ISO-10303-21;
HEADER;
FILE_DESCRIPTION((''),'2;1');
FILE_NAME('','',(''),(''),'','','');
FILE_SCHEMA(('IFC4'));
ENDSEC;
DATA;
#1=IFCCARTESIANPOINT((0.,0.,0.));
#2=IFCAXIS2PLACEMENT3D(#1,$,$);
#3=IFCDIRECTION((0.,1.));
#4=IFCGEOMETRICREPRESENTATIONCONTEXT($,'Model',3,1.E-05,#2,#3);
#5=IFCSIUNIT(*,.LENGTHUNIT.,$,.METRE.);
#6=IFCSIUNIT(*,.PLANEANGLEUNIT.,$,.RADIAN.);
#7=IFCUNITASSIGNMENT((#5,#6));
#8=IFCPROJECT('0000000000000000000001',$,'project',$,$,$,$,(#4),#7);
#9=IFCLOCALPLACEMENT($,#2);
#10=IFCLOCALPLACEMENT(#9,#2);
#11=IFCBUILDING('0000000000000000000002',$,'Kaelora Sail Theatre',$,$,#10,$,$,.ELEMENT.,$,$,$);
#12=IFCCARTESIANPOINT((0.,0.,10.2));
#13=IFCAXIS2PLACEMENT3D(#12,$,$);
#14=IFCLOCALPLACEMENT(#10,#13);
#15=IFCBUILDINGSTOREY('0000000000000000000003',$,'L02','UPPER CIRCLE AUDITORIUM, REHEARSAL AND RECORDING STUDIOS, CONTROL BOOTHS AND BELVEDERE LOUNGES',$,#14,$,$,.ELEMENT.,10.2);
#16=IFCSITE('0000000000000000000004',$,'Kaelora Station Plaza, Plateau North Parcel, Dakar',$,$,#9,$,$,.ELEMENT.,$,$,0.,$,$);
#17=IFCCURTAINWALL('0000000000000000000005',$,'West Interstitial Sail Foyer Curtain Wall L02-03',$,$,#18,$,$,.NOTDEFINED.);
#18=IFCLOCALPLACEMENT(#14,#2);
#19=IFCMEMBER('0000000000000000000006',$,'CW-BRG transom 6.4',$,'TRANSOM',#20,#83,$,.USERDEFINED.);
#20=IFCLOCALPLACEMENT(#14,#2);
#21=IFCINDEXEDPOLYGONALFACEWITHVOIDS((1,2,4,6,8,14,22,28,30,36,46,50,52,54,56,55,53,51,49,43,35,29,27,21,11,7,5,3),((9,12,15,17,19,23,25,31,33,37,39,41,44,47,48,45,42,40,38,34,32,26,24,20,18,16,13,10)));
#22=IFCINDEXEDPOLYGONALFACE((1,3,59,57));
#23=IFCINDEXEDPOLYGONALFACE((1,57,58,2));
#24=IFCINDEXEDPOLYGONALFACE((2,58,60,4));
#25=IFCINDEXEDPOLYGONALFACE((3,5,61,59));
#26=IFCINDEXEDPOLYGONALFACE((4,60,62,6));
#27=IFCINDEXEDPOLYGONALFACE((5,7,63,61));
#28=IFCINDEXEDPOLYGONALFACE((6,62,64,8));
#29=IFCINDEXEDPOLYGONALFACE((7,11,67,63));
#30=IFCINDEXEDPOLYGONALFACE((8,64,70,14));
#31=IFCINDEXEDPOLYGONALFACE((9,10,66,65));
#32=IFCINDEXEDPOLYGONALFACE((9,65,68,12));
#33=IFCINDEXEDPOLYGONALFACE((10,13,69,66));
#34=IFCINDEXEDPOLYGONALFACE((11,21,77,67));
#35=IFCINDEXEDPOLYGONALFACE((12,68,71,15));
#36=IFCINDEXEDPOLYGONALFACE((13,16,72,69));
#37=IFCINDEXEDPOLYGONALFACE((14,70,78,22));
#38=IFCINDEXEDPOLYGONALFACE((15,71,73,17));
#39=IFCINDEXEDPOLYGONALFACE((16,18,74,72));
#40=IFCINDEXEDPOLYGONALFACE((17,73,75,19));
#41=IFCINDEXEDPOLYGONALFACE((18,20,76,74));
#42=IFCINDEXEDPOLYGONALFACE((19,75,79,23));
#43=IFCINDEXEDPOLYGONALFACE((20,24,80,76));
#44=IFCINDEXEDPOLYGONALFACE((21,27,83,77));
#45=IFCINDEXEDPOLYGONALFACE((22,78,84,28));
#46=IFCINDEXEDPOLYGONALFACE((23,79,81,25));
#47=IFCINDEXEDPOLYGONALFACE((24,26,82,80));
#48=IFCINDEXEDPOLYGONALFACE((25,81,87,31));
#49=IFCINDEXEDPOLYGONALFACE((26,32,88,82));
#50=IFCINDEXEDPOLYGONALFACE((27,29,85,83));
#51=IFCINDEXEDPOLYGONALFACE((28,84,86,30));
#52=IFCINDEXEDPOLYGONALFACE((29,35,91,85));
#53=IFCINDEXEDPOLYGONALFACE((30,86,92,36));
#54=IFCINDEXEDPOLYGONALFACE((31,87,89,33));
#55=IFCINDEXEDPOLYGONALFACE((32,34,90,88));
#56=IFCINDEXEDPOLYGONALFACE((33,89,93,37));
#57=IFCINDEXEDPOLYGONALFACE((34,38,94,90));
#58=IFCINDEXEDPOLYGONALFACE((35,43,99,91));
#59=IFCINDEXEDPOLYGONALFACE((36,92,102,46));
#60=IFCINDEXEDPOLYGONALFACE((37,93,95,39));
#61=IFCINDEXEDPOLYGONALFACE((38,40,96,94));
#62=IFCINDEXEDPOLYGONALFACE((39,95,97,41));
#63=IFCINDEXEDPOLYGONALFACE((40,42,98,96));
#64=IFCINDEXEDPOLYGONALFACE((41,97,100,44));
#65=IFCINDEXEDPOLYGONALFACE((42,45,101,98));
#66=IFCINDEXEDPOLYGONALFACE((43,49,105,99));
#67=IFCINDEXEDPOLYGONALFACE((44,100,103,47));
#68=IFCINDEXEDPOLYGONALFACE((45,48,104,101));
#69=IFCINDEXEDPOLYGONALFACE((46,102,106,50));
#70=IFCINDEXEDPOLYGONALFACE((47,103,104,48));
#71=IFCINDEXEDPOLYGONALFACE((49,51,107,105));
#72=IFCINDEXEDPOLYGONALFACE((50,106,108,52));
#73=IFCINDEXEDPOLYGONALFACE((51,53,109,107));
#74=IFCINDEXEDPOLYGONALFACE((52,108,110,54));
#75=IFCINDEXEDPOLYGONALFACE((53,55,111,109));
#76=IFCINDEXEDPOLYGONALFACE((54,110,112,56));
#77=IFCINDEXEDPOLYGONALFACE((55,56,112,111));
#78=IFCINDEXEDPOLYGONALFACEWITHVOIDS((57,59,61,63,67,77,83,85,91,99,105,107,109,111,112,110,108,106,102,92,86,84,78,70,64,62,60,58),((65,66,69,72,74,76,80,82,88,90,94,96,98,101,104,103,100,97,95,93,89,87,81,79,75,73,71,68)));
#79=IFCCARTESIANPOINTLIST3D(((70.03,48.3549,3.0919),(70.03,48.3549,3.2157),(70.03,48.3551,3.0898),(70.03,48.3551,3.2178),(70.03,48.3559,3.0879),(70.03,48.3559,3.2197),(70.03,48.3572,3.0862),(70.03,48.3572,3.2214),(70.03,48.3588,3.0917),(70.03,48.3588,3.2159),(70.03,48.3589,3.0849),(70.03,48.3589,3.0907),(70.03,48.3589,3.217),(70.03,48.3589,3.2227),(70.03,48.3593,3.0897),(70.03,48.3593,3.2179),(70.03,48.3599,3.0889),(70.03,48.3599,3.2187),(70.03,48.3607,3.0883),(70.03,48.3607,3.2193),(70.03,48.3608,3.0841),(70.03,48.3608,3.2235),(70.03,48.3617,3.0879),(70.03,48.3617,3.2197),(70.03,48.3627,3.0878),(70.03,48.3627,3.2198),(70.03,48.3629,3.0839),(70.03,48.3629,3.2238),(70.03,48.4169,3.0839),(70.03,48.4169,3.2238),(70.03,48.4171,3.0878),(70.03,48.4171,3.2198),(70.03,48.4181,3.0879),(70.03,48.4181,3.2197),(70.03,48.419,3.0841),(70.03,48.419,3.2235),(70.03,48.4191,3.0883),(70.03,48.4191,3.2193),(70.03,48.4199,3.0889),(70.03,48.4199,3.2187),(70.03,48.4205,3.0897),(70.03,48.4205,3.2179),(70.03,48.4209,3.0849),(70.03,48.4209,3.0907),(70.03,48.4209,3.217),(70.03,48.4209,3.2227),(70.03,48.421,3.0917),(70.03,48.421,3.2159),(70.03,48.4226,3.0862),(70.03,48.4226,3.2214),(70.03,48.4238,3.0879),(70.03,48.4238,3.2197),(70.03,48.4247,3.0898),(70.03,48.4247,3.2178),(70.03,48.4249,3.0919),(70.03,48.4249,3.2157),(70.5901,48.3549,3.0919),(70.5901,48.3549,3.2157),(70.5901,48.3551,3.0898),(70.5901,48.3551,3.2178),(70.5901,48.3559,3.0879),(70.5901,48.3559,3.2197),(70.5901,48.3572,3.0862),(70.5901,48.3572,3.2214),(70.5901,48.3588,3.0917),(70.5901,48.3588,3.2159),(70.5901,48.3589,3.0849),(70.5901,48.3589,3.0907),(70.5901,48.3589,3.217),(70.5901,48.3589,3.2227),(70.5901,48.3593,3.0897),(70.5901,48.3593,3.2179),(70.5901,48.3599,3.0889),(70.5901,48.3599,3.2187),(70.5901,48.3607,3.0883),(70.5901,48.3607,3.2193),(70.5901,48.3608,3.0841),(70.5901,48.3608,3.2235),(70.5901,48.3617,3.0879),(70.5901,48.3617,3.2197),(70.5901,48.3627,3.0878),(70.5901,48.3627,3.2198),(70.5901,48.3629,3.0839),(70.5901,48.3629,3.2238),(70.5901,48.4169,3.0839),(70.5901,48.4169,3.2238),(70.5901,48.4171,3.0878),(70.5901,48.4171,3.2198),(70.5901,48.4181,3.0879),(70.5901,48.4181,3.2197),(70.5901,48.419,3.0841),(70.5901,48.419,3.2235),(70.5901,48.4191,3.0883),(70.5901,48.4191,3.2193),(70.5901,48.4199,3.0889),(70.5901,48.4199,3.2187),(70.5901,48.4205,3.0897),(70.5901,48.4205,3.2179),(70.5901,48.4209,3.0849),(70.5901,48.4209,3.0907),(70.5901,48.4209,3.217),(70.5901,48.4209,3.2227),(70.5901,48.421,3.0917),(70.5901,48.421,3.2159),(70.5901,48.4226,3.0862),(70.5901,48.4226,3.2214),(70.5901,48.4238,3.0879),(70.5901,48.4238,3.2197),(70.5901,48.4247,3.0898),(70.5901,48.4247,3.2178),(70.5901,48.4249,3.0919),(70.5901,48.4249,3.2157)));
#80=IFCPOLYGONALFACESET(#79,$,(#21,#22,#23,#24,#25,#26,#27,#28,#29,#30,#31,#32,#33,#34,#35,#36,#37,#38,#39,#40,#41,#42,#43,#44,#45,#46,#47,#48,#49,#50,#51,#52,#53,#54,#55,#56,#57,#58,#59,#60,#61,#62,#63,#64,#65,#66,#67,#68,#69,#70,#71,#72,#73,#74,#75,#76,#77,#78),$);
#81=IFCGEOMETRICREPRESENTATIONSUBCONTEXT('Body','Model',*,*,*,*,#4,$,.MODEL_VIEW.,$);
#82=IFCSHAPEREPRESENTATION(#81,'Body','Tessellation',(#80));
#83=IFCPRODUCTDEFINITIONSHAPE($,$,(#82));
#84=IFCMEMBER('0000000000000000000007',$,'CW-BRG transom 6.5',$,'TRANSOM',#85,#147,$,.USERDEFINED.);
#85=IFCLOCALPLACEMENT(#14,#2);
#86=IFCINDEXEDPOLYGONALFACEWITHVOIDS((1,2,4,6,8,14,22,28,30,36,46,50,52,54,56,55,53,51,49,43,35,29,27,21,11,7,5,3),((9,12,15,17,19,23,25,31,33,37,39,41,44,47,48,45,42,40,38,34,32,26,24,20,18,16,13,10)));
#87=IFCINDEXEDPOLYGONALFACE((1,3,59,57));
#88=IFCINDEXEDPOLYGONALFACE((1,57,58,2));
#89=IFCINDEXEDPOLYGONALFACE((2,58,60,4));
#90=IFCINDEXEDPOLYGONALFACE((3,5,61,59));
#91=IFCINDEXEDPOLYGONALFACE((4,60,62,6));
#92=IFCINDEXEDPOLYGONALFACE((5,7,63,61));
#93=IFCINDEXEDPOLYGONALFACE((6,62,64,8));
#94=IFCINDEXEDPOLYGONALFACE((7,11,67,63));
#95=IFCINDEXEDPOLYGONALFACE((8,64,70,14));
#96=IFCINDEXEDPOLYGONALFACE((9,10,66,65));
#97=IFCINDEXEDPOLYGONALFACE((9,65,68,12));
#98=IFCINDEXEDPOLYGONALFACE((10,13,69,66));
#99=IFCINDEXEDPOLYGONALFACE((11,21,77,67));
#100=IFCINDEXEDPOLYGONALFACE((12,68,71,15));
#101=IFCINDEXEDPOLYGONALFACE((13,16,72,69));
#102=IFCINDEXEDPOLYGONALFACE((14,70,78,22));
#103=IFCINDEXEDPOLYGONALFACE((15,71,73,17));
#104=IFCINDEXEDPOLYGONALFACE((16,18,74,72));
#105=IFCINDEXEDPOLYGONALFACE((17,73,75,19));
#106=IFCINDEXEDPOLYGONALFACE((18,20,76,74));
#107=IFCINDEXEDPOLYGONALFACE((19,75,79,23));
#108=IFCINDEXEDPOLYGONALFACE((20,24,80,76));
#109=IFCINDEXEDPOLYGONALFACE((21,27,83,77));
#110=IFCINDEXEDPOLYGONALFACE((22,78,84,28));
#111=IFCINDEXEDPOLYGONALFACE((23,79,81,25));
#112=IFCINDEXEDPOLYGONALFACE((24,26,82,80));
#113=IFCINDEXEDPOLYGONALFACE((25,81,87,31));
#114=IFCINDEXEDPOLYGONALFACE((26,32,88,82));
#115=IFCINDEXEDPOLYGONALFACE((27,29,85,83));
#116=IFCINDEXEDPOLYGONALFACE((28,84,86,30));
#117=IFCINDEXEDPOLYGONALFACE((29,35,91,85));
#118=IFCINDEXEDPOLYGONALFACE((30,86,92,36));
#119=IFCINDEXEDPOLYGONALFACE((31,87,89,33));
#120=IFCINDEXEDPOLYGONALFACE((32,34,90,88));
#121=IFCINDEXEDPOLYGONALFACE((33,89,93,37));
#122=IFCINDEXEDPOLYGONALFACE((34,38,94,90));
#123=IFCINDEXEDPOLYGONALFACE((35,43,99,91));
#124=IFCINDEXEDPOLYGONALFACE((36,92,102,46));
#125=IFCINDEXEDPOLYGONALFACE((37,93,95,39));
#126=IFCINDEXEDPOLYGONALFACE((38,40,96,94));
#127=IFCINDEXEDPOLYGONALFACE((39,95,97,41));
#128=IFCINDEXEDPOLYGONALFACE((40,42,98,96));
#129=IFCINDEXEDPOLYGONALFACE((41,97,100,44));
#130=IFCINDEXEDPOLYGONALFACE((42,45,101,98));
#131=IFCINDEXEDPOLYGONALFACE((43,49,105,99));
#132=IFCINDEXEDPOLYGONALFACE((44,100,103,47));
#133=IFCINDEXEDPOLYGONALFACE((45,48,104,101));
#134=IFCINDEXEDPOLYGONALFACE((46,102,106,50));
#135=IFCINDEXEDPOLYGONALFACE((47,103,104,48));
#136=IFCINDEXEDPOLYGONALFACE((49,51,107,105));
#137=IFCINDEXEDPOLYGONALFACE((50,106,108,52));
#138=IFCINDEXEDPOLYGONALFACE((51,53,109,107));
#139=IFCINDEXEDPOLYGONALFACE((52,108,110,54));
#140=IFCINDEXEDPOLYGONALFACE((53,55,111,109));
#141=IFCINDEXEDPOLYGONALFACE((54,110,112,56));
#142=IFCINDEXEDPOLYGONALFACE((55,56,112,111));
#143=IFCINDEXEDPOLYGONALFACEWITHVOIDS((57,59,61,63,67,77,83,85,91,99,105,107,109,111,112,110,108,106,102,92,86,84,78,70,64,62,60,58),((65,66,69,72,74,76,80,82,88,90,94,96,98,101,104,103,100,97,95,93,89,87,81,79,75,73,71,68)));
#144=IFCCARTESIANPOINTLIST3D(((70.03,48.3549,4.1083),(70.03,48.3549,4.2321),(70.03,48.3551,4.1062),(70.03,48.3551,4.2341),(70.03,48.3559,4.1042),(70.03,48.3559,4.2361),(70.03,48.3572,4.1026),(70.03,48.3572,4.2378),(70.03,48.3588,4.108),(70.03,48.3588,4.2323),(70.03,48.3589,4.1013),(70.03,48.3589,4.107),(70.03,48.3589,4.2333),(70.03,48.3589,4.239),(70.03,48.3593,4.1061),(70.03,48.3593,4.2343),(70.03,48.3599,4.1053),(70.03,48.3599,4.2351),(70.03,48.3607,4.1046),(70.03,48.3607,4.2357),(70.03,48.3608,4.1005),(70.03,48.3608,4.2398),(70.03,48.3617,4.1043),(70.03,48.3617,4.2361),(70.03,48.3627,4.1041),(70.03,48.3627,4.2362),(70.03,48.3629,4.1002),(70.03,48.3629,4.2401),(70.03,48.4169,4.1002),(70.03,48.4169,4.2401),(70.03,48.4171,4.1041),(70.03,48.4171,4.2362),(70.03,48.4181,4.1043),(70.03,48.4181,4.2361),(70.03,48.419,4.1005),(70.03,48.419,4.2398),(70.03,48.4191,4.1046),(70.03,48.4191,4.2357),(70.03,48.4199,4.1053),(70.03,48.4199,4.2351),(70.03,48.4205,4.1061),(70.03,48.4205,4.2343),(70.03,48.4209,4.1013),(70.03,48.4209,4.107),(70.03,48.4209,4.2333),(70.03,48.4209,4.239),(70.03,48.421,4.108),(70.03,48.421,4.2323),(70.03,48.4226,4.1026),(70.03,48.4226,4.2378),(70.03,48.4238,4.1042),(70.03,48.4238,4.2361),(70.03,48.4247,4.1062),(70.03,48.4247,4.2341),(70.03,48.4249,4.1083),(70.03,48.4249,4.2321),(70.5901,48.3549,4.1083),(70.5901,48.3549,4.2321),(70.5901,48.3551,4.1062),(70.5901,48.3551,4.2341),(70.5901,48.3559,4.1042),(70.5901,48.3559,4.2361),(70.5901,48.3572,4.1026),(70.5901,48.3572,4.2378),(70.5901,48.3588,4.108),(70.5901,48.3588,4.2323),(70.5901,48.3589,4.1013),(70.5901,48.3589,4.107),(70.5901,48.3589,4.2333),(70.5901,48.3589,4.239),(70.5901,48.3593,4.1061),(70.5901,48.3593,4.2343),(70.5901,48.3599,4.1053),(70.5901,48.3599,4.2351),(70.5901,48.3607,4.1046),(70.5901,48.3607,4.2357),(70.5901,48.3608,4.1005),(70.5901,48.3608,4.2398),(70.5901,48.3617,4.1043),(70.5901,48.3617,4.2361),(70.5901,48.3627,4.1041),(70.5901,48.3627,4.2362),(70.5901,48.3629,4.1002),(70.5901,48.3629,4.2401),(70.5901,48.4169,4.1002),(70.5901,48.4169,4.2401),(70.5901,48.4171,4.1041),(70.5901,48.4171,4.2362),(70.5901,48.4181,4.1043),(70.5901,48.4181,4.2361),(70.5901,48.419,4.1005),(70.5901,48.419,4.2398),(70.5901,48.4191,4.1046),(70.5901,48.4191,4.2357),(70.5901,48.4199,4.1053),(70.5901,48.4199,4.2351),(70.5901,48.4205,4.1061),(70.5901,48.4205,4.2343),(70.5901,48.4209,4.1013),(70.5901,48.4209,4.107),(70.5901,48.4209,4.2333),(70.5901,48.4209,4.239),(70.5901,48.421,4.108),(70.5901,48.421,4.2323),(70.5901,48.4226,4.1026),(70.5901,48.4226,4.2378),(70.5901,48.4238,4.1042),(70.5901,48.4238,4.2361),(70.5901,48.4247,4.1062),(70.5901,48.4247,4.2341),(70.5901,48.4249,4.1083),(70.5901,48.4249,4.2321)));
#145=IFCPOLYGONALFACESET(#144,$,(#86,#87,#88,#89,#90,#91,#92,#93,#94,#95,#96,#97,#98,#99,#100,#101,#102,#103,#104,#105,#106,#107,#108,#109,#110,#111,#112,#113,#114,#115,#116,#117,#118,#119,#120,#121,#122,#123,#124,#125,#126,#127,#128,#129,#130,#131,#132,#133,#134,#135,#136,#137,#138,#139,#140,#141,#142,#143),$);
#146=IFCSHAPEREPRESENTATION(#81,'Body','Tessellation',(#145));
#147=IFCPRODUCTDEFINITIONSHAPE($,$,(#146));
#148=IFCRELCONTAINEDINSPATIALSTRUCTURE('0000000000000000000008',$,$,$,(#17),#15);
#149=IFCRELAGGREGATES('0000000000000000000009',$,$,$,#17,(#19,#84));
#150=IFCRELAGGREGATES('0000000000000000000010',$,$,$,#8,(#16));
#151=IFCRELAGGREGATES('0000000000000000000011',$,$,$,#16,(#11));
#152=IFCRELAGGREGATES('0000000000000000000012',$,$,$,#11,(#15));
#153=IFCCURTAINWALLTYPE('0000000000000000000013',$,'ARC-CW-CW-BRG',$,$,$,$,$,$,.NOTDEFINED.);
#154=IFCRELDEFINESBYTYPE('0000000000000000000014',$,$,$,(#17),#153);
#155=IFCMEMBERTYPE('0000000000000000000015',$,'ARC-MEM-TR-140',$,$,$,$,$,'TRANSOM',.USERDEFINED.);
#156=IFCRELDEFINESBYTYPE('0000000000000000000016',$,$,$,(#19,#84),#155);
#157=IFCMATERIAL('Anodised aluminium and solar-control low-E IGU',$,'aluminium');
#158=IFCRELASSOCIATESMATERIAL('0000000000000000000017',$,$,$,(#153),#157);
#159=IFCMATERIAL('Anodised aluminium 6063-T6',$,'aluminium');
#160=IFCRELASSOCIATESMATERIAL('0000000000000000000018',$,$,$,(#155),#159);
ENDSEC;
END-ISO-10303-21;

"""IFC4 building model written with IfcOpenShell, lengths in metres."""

from ifc_helpers import new_model, si_unit, direction, frame, origin, origin_2d, place, context, subcontext, project, spatial, hollow_rectangle, extrude, material, material_profile, profile_set, type_object, element, aggregate, save


model = new_model("IFC4")

# Units and contexts
model_context = context("Model", 3, precision=1e-05, world=origin(), true_north=direction((0.0, 1.0)))
body_context = subcontext(model_context, "Body", "Model", "MODEL_VIEW")
ifc_project = project(units=[si_unit("LENGTHUNIT", "METRE"), si_unit("PLANEANGLEUNIT", "RADIAN")], contexts=[model_context])

# Site, building, storey
site_placement = place(None, origin())
site = spatial("IfcSite", under=ifc_project, at=site_placement, Name="Kaelora Station Plaza, Plateau North Parcel, Dakar", CompositionType="ELEMENT", RefElevation=0.0)
building_placement = place(site_placement, origin())
building = spatial("IfcBuilding", under=site, at=building_placement, Name="Kaelora Sail Theatre", CompositionType="ELEMENT")
storey_placement = place(building_placement, frame((0.0, 0.0, 10.2)))
storey = spatial("IfcBuildingStorey", under=building, at=storey_placement, Name="L02", Description="UPPER CIRCLE AUDITORIUM, REHEARSAL AND RECORDING STUDIOS, CONTROL BOOTHS AND BELVEDERE LOUNGES", CompositionType="ELEMENT", Elevation=10.2)

# Curtain wall
ifc_material_1 = material(Name="Anodised aluminium and solar-control low-E IGU", Category="aluminium")
curtain_wall_type = type_object("IfcCurtainWallType", Name="ARC-CW-CW-BRG", PredefinedType="NOTDEFINED", material=ifc_material_1)
curtain_wall_1_placement = place(storey_placement, origin())
curtain_wall_1 = element("IfcCurtainWall", 1, at=curtain_wall_1_placement, inside=storey, type_object=curtain_wall_type, Name="West Interstitial Sail Foyer Curtain Wall L02-03", PredefinedType="NOTDEFINED")

# Members
ifc_material_2 = material(Name="Anodised aluminium 6063-T6", Category="aluminium")
ifc_material_profile_1 = material_profile(ifc_material_2, hollow_rectangle(XDim=0.0701, YDim=0.1399, WallThickness=0.0039, InnerFilletRadius=0.0039, OuterFilletRadius=0.0081, at=origin_2d()), Name="ALU-TRAN 70x140x4")
ifc_profile_set_1 = profile_set([ifc_material_profile_1], Name="Anodised aluminium 6063-T6")
member_type_1 = type_object("IfcMemberType", Name="ARC-MEM-TR-140", ElementType="TRANSOM", PredefinedType="USERDEFINED", material=ifc_profile_set_1)
member_1_placement = place(storey_placement, frame((70.03, 48.3899, 3.1538), z_axis=(1.0, 0.0, 0.0), x_axis=(0.0, 1.0, 0.0)))
member_1 = element("IfcMember", 2, at=member_1_placement, type_object=member_type_1, Name="CW-BRG transom 6.4", ObjectType="TRANSOM", PredefinedType="USERDEFINED", context=body_context, shape_type="SweptSolid", body=[
    extrude(hollow_rectangle(XDim=0.0701, YDim=0.1399, WallThickness=0.0039, InnerFilletRadius=0.0039, OuterFilletRadius=0.0081, at=origin_2d()), origin(), (0.0, 0.0, 1.0), 0.5601),
])
member_2_placement = place(storey_placement, frame((70.03, 48.3899, 4.1702), z_axis=(1.0, 0.0, 0.0), x_axis=(0.0, 1.0, 0.0)))
member_2 = element("IfcMember", 3, at=member_2_placement, type_object=member_type_1, Name="CW-BRG transom 6.5", ObjectType="TRANSOM", PredefinedType="USERDEFINED", context=body_context, shape_type="SweptSolid", body=[
    extrude(hollow_rectangle(XDim=0.0701, YDim=0.1399, WallThickness=0.0039, InnerFilletRadius=0.0039, OuterFilletRadius=0.0081, at=origin_2d()), origin(), (0.0, 0.0, 1.0), 0.5601),
])

aggregate(curtain_wall_1, [member_1, member_2])

save(model, "model.ifc")
